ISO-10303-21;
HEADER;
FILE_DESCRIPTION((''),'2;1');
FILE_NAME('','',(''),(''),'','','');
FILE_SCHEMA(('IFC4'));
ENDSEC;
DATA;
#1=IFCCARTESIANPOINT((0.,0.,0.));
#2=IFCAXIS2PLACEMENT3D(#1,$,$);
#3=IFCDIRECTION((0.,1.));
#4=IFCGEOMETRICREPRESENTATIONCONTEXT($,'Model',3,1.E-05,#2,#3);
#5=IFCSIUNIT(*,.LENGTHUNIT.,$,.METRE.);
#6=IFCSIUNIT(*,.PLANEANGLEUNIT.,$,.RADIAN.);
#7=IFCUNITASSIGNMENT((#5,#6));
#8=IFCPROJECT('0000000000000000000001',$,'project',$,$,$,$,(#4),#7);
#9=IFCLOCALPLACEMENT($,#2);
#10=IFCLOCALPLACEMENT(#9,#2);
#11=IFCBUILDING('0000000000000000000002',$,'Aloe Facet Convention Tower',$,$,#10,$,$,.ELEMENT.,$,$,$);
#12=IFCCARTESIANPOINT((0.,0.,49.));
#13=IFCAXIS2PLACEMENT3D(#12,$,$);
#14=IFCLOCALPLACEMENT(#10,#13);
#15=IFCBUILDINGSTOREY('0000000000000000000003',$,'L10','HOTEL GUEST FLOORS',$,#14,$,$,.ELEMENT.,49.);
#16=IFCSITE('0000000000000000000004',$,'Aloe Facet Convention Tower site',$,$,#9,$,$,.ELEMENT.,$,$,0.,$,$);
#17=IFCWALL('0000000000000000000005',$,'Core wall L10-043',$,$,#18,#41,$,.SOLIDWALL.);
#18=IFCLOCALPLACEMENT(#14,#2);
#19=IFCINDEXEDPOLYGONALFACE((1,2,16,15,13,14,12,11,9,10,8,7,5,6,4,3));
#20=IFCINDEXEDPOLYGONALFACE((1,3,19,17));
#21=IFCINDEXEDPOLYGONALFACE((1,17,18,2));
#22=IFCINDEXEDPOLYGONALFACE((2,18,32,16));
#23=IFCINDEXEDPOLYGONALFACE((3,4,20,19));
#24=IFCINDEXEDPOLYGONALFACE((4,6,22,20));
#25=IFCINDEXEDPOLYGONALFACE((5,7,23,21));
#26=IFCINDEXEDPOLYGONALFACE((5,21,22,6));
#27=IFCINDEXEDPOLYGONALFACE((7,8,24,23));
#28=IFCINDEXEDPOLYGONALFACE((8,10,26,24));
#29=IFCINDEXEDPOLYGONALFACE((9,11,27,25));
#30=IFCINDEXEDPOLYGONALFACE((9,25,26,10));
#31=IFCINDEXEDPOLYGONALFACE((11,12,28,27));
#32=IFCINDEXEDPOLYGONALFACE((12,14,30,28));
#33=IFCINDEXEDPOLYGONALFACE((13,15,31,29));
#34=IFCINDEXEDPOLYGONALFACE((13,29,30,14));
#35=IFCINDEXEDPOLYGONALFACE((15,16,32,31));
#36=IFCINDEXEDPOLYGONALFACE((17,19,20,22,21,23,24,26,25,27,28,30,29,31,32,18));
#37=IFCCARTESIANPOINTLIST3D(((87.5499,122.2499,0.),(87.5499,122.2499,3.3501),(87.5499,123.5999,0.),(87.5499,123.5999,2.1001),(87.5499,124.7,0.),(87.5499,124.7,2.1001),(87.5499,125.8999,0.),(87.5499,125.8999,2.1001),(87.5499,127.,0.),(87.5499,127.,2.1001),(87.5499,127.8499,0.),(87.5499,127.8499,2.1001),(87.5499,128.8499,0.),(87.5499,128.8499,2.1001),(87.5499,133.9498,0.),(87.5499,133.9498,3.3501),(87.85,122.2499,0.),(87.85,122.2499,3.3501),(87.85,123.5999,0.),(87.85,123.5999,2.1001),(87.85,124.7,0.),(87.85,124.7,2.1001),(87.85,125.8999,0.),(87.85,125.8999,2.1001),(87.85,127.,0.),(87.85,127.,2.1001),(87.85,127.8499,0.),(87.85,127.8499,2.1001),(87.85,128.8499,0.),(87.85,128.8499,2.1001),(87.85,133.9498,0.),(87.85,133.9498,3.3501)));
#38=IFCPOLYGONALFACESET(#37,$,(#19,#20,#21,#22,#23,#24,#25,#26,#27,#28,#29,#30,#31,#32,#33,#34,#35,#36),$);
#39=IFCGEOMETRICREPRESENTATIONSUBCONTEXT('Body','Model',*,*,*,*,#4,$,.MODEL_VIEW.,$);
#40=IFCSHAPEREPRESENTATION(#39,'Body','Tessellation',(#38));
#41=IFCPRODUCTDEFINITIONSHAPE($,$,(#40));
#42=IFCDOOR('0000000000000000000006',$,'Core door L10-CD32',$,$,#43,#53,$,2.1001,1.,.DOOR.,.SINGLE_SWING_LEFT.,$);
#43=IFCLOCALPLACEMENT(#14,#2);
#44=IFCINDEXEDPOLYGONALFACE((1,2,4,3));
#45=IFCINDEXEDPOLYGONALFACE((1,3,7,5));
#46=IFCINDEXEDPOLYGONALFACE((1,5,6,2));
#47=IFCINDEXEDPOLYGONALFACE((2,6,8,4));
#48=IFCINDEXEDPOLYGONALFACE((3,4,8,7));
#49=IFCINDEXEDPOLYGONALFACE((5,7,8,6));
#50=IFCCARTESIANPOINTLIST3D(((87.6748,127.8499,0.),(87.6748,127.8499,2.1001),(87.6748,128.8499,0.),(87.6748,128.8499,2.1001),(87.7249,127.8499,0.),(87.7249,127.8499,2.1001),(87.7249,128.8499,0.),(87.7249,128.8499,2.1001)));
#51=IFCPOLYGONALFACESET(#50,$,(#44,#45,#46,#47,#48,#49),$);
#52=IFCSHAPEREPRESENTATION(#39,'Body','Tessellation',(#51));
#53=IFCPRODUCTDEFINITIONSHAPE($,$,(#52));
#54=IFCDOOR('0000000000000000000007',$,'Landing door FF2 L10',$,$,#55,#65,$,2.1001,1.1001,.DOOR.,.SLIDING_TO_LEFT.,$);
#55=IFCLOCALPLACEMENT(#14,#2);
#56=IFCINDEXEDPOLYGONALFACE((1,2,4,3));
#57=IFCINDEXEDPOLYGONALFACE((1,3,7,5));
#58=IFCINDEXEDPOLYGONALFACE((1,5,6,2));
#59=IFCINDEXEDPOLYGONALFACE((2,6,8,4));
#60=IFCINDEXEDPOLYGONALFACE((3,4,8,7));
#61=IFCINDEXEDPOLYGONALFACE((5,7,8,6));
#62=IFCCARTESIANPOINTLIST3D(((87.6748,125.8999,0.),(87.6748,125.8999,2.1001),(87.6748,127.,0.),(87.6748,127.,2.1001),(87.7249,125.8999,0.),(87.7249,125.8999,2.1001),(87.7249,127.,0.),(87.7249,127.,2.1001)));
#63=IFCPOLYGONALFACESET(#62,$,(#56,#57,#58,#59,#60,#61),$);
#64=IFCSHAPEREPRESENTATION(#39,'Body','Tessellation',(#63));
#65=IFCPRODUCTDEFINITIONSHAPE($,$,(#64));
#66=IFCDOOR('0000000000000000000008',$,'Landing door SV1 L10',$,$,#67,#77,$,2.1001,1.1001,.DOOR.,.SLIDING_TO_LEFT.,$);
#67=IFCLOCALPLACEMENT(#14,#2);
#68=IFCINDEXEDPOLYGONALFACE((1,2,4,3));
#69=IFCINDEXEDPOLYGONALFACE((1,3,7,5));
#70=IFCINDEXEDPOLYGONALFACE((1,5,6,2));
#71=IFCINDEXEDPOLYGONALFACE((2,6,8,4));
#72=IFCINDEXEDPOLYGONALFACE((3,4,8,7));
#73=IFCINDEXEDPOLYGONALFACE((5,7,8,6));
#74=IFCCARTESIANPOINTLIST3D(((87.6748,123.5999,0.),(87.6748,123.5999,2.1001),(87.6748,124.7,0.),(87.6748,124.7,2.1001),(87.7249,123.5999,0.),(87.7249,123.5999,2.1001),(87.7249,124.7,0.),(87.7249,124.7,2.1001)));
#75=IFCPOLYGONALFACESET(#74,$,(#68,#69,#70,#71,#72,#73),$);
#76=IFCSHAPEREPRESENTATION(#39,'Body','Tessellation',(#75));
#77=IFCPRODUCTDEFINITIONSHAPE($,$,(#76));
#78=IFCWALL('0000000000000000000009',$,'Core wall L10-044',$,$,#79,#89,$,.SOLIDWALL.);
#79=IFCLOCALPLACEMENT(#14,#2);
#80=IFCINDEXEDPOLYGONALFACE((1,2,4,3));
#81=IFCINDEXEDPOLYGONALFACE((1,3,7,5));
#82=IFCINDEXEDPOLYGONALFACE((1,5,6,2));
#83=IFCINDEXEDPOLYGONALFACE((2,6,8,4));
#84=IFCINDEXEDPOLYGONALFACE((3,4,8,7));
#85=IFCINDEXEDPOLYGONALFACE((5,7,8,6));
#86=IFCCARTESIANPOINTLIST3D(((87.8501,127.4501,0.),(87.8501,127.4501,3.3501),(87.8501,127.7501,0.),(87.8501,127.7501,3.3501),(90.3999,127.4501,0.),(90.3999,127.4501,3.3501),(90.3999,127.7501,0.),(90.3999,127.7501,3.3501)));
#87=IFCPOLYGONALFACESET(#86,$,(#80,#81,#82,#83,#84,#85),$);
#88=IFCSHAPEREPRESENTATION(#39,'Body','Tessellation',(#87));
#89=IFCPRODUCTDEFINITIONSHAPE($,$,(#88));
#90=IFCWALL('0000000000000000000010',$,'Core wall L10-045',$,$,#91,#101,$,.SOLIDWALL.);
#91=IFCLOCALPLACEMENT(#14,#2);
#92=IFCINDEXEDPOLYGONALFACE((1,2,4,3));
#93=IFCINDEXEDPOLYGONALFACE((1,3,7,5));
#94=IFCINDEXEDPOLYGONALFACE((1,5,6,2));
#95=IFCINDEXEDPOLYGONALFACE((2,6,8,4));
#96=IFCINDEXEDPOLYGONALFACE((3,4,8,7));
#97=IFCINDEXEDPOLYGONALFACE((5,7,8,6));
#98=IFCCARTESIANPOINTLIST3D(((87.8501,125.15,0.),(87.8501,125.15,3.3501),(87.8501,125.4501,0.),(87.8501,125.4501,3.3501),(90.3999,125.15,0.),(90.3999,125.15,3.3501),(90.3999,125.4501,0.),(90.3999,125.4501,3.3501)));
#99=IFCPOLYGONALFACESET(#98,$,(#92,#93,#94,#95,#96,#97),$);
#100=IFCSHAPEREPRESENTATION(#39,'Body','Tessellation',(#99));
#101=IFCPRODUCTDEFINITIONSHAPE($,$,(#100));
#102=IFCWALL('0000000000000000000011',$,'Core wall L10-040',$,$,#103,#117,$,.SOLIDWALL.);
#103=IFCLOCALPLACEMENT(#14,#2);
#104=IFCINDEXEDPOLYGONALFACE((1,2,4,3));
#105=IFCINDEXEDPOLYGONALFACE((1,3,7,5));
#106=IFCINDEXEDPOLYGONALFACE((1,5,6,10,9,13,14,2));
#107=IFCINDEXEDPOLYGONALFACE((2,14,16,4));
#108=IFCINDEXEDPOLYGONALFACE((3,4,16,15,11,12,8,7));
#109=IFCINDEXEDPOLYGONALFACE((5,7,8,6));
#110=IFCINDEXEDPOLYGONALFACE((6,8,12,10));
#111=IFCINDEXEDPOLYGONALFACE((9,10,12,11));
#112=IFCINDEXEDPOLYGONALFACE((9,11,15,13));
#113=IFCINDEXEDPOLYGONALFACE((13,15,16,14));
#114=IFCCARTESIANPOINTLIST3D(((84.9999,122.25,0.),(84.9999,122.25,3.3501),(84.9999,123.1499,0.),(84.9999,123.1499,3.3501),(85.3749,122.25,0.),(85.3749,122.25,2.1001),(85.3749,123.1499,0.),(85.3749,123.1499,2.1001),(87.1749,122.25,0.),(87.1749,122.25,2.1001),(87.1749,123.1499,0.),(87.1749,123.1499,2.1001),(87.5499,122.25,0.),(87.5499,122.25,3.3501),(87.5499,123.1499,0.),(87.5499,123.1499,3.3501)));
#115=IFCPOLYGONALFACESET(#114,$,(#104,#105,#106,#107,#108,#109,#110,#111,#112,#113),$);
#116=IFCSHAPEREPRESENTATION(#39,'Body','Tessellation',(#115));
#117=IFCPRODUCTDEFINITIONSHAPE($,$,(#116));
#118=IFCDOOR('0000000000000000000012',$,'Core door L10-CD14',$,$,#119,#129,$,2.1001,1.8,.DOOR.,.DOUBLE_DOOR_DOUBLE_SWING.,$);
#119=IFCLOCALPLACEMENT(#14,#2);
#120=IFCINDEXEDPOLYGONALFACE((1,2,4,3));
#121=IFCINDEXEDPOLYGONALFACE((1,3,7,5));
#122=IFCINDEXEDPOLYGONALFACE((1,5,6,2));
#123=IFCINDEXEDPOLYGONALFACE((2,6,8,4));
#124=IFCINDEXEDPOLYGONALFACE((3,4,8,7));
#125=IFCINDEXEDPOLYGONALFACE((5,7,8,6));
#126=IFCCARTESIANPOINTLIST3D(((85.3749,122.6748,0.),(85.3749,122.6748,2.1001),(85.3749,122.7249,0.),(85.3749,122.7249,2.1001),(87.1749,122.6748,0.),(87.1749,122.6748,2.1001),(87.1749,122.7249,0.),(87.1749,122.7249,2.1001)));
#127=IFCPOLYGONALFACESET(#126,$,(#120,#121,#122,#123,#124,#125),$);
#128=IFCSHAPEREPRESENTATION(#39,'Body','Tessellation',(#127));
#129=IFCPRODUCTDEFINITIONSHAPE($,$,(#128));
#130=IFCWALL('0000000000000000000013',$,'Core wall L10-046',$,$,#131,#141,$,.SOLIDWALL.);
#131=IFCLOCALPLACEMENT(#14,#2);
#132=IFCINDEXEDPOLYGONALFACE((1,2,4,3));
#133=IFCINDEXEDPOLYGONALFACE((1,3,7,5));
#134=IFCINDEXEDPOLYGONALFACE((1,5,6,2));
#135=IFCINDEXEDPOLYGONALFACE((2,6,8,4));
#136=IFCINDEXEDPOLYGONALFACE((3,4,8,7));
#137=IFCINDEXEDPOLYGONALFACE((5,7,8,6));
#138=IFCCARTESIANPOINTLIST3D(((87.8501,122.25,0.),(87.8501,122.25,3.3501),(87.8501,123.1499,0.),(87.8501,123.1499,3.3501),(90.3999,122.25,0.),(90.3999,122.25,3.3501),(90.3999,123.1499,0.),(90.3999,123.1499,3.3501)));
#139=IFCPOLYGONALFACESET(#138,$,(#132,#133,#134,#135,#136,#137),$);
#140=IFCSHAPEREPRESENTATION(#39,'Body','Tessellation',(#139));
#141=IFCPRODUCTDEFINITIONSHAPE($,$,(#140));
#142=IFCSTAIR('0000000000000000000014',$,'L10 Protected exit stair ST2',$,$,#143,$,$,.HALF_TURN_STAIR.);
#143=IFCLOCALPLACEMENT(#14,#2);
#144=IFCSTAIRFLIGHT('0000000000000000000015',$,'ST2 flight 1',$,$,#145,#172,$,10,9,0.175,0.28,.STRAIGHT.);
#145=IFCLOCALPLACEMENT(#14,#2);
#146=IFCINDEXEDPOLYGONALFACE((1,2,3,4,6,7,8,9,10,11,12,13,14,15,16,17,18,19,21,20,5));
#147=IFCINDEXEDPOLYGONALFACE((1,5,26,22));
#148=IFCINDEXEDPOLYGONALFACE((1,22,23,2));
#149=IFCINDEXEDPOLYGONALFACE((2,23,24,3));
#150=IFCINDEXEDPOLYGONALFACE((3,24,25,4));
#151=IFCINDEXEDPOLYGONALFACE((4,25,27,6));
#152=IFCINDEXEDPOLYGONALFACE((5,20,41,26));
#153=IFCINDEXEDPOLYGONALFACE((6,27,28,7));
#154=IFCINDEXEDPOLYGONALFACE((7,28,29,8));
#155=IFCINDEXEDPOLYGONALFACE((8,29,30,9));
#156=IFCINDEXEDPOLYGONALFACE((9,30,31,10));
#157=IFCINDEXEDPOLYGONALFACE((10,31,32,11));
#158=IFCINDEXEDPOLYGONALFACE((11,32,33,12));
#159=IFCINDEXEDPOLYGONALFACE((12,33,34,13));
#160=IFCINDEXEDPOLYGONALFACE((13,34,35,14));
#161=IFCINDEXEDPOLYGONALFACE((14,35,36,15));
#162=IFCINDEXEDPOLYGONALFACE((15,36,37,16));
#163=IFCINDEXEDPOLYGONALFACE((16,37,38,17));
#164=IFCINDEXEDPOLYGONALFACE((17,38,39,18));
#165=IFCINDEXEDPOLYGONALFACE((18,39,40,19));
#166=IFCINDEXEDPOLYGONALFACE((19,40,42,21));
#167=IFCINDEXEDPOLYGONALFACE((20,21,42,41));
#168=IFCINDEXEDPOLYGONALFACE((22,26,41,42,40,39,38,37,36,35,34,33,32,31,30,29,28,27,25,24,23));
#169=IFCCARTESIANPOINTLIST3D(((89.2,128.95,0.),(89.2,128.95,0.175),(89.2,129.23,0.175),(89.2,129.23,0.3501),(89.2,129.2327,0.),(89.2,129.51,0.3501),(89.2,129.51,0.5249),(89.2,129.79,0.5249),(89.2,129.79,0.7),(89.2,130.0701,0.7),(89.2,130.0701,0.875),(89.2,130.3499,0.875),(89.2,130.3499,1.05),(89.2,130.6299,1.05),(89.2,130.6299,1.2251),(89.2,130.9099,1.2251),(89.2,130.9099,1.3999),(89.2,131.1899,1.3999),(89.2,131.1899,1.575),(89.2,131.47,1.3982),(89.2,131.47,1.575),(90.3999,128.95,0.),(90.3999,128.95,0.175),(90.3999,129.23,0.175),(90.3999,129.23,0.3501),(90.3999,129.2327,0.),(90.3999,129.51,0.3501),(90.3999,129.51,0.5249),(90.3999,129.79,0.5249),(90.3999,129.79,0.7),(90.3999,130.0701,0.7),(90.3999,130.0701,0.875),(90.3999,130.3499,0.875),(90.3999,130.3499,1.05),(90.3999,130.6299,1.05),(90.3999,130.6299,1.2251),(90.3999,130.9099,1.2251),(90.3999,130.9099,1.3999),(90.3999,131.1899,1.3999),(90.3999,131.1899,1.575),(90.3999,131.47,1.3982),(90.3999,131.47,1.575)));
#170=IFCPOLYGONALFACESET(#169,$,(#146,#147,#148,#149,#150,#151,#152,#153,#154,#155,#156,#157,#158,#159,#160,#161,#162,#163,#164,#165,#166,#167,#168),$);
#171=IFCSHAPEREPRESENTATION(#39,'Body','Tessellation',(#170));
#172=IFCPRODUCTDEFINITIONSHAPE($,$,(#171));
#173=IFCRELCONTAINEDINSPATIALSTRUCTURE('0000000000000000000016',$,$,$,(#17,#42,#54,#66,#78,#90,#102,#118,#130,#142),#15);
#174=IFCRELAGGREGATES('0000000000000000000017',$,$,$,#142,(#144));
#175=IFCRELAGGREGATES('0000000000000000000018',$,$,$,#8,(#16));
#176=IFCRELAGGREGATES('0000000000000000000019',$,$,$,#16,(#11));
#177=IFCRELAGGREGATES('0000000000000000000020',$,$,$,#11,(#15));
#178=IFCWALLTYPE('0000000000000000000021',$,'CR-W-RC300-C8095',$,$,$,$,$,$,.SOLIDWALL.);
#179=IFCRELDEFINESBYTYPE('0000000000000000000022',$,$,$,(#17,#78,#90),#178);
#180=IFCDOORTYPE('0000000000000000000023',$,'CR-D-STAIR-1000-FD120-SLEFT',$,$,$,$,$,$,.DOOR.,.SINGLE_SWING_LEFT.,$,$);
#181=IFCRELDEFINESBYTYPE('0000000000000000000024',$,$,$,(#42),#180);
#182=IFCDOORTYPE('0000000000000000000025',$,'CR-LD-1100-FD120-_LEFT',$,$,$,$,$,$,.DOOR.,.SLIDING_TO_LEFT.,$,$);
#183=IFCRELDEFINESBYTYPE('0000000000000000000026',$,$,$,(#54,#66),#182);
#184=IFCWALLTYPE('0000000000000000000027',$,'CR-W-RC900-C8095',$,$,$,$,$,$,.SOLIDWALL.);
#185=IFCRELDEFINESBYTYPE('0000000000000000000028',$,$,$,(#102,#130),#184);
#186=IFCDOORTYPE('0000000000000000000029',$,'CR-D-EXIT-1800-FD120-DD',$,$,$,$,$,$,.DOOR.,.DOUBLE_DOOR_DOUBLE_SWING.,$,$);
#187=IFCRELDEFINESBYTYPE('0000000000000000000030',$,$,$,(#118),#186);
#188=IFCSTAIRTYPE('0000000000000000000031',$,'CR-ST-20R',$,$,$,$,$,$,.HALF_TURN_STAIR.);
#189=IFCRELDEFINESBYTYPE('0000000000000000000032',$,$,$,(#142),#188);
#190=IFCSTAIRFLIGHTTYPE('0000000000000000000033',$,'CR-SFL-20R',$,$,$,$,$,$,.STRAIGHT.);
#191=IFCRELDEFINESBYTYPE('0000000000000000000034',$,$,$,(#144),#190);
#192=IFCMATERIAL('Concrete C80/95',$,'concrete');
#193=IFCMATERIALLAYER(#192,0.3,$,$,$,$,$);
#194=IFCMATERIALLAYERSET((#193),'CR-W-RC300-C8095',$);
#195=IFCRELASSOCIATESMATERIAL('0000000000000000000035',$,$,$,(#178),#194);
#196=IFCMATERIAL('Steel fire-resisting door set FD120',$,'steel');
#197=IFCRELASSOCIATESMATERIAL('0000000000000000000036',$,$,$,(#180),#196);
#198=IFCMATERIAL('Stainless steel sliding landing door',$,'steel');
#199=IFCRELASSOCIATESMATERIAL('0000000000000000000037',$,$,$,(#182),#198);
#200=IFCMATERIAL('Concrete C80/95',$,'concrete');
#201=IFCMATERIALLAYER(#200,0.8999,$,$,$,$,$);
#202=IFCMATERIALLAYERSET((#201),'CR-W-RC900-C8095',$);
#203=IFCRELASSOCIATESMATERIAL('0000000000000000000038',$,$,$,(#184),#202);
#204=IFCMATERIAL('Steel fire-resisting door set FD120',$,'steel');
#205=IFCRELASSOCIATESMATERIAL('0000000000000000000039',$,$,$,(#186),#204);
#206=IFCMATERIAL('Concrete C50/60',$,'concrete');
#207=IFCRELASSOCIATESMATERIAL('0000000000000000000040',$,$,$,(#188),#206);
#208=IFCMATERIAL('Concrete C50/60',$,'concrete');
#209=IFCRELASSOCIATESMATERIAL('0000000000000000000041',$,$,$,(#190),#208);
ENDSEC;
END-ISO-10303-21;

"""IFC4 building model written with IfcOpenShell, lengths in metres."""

from ifc_helpers import new_model, si_unit, direction, frame, frame_2d, origin, place, context, subcontext, project, spatial, polyline, rectangle, outline, extrude, material, layer, layer_set, type_object, element, fill, aggregate, save


model = new_model("IFC4")

# Units and contexts
model_context = context("Model", 3, precision=1e-05, world=origin(), true_north=direction((0.0, 1.0)))
body_context = subcontext(model_context, "Body", "Model", "MODEL_VIEW")
ifc_project = project(units=[si_unit("LENGTHUNIT", "METRE"), si_unit("PLANEANGLEUNIT", "RADIAN")], contexts=[model_context])

# Site, building, storey
site_placement = place(None, origin())
site = spatial("IfcSite", under=ifc_project, at=site_placement, Name="Aloe Facet Convention Tower site", CompositionType="ELEMENT", RefElevation=0.0)
building_placement = place(site_placement, origin())
building = spatial("IfcBuilding", under=site, at=building_placement, Name="Aloe Facet Convention Tower", CompositionType="ELEMENT")
storey_placement = place(building_placement, frame((0.0, 0.0, 49.0)))
storey = spatial("IfcBuildingStorey", under=building, at=storey_placement, Name="L10", Description="HOTEL GUEST FLOORS", CompositionType="ELEMENT", Elevation=49.0)

# Shared definitions
ifc_material_1 = material(Name="Concrete C80/95", Category="concrete")
ifc_layer_1 = layer(ifc_material_1, 0.3)
ifc_layer_set_1 = layer_set([ifc_layer_1], Name="CR-W-RC300-C8095")
wall_type_1 = type_object("IfcWallType", Name="CR-W-RC300-C8095", PredefinedType="SOLIDWALL", material=ifc_layer_set_1)

# Wall, openings, doors
wall_1_placement = place(storey_placement, frame((87.7, 133.95, 0.0), z_axis=(0.0, 0.0, 1.0), x_axis=(0.0, -1.0, 0.0)))
wall_1 = element("IfcWall", 1, at=wall_1_placement, inside=storey, type_object=wall_type_1, Name="Core wall L10-043", PredefinedType="SOLIDWALL", context=body_context, shape_type="SweptSolid", body=[
    extrude(rectangle(XDim=11.7, YDim=0.3, at=frame_2d((5.8501, 0.0))), origin(), (0.0, 0.0, 1.0), 3.3501),
])
opening_1_placement = place(wall_1_placement, frame((6.95, 0.0, 0.0)))
opening_1 = element("IfcOpeningElement", 2, at=opening_1_placement, cuts=wall_1, PredefinedType="OPENING", context=body_context, shape_type="SweptSolid", body=[
    extrude(rectangle(XDim=1.1001, YDim=2.1001, at=frame_2d((0.55, 1.05))), frame((0.0, 0.1602, 0.0), z_axis=(0.0, -1.0, 0.0), x_axis=(1.0, 0.0, 0.0)), (0.0, 0.0, 1.0), 0.3201),
])
opening_2_placement = place(wall_1_placement, frame((5.1001, 0.0, 0.0)))
opening_2 = element("IfcOpeningElement", 3, at=opening_2_placement, cuts=wall_1, PredefinedType="OPENING", context=body_context, shape_type="SweptSolid", body=[
    extrude(rectangle(XDim=1.0, YDim=2.1001, at=frame_2d((0.5, 1.05))), frame((0.0, 0.1602, 0.0), z_axis=(0.0, -1.0, 0.0), x_axis=(1.0, 0.0, 0.0)), (0.0, 0.0, 1.0), 0.3201),
])
opening_3_placement = place(wall_1_placement, frame((9.25, 0.0, 0.0)))
opening_3 = element("IfcOpeningElement", 4, at=opening_3_placement, cuts=wall_1, PredefinedType="OPENING", context=body_context, shape_type="SweptSolid", body=[
    extrude(rectangle(XDim=1.1001, YDim=2.1001, at=frame_2d((0.55, 1.05))), frame((0.0, 0.1602, 0.0), z_axis=(0.0, -1.0, 0.0), x_axis=(1.0, 0.0, 0.0)), (0.0, 0.0, 1.0), 0.3201),
])
ifc_material_2 = material(Name="Steel fire-resisting door set FD120", Category="steel")
door_type_1 = type_object("IfcDoorType", Name="CR-D-STAIR-1000-FD120-SLEFT", OperationType="SINGLE_SWING_LEFT", PredefinedType="DOOR", material=ifc_material_2)
door_1_placement = place(opening_2_placement, origin())
door_1 = element("IfcDoor", 5, at=door_1_placement, inside=storey, type_object=door_type_1, Name="Core door L10-CD32", OperationType="SINGLE_SWING_LEFT", OverallHeight=2.1001, OverallWidth=1.0, PredefinedType="DOOR", context=body_context, shape_type="SweptSolid", body=[
    extrude(rectangle(XDim=1.0, YDim=2.1001, at=frame_2d((0.5, 1.05))), frame((0.0, 0.0249, 0.0), z_axis=(0.0, -1.0, 0.0), x_axis=(1.0, 0.0, 0.0)), (0.0, 0.0, 1.0), 0.05),
])
fill(opening_2, door_1)
ifc_material_3 = material(Name="Stainless steel sliding landing door", Category="steel")
door_type_2 = type_object("IfcDoorType", Name="CR-LD-1100-FD120-_LEFT", OperationType="SLIDING_TO_LEFT", PredefinedType="DOOR", material=ifc_material_3)
door_2_placement = place(opening_1_placement, origin())
door_2 = element("IfcDoor", 6, at=door_2_placement, inside=storey, type_object=door_type_2, Name="Landing door FF2 L10", OperationType="SLIDING_TO_LEFT", OverallHeight=2.1001, OverallWidth=1.1001, PredefinedType="DOOR", context=body_context, shape_type="SweptSolid", body=[
    extrude(rectangle(XDim=1.1001, YDim=2.1001, at=frame_2d((0.55, 1.05))), frame((0.0, 0.0249, 0.0), z_axis=(0.0, -1.0, 0.0), x_axis=(1.0, 0.0, 0.0)), (0.0, 0.0, 1.0), 0.05),
])
fill(opening_1, door_2)
door_3_placement = place(opening_3_placement, origin())
door_3 = element("IfcDoor", 7, at=door_3_placement, inside=storey, type_object=door_type_2, Name="Landing door SV1 L10", OperationType="SLIDING_TO_LEFT", OverallHeight=2.1001, OverallWidth=1.1001, PredefinedType="DOOR", context=body_context, shape_type="SweptSolid", body=[
    extrude(rectangle(XDim=1.1001, YDim=2.1001, at=frame_2d((0.55, 1.05))), frame((0.0, 0.0249, 0.0), z_axis=(0.0, -1.0, 0.0), x_axis=(1.0, 0.0, 0.0)), (0.0, 0.0, 1.0), 0.05),
])
fill(opening_3, door_3)

# Walls
for number, where, z_axis, x_axis, name in (
    (8, (87.8501, 127.6001, 0.0), (0.0, 0.0, 1.0), (1.0, 0.0, 0.0), "Core wall L10-044"),
    (9, (87.8501, 125.3, 0.0), (0.0, 0.0, 1.0), (1.0, 0.0, 0.0), "Core wall L10-045"),
):
    element("IfcWall", number, at=place(storey_placement, frame(where, z_axis=z_axis, x_axis=x_axis)), inside=storey, type_object=wall_type_1, Name=name, PredefinedType="SOLIDWALL", context=body_context, shape_type="SweptSolid", body=[
        extrude(rectangle(XDim=2.5498, YDim=0.3, at=frame_2d((1.2749, 0.0))), origin(), (0.0, 0.0, 1.0), 3.3501),
    ])

# Wall, opening, door
ifc_material_4 = material(Name="Concrete C80/95", Category="concrete")
ifc_layer_2 = layer(ifc_material_4, 0.8999)
ifc_layer_set_2 = layer_set([ifc_layer_2], Name="CR-W-RC900-C8095")
wall_type_2 = type_object("IfcWallType", Name="CR-W-RC900-C8095", PredefinedType="SOLIDWALL", material=ifc_layer_set_2)
wall_2_placement = place(storey_placement, frame((85.0, 122.7, 0.0), z_axis=(0.0, 0.0, 1.0), x_axis=(1.0, 0.0, 0.0)))
wall_2 = element("IfcWall", 10, at=wall_2_placement, inside=storey, type_object=wall_type_2, Name="Core wall L10-040", PredefinedType="SOLIDWALL", context=body_context, shape_type="SweptSolid", body=[
    extrude(rectangle(XDim=2.55, YDim=0.8999, at=frame_2d((1.2749, 0.0))), origin(), (0.0, 0.0, 1.0), 3.3501),
])
opening_4_placement = place(wall_2_placement, frame((0.375, 0.0, 0.0)))
opening_4 = element("IfcOpeningElement", 11, at=opening_4_placement, cuts=wall_2, PredefinedType="OPENING", context=body_context, shape_type="SweptSolid", body=[
    extrude(rectangle(XDim=1.8, YDim=2.1001, at=frame_2d((0.8999, 1.05))), frame((0.0, 0.46, 0.0), z_axis=(0.0, -1.0, 0.0), x_axis=(1.0, 0.0, 0.0)), (0.0, 0.0, 1.0), 0.9199),
])
ifc_material_5 = material(Name="Steel fire-resisting door set FD120", Category="steel")
door_type_3 = type_object("IfcDoorType", Name="CR-D-EXIT-1800-FD120-DD", OperationType="DOUBLE_DOOR_DOUBLE_SWING", PredefinedType="DOOR", material=ifc_material_5)
door_4_placement = place(opening_4_placement, origin())
door_4 = element("IfcDoor", 12, at=door_4_placement, inside=storey, type_object=door_type_3, Name="Core door L10-CD14", OperationType="DOUBLE_DOOR_DOUBLE_SWING", OverallHeight=2.1001, OverallWidth=1.8, PredefinedType="DOOR", context=body_context, shape_type="SweptSolid", body=[
    extrude(rectangle(XDim=1.8, YDim=2.1001, at=frame_2d((0.8999, 1.05))), frame((0.0, 0.0249, 0.0), z_axis=(0.0, -1.0, 0.0), x_axis=(1.0, 0.0, 0.0)), (0.0, 0.0, 1.0), 0.05),
])
fill(opening_4, door_4)

# Wall
wall_3_placement = place(storey_placement, frame((87.8501, 122.7, 0.0), z_axis=(0.0, 0.0, 1.0), x_axis=(1.0, 0.0, 0.0)))
element("IfcWall", 13, at=wall_3_placement, inside=storey, type_object=wall_type_2, Name="Core wall L10-046", PredefinedType="SOLIDWALL", context=body_context, shape_type="SweptSolid", body=[
    extrude(rectangle(XDim=2.5498, YDim=0.8999, at=frame_2d((1.2749, 0.0))), origin(), (0.0, 0.0, 1.0), 3.3501),
])

# Stair, stair flight
ifc_material_6 = material(Name="Concrete C50/60", Category="concrete")
stair_type = type_object("IfcStairType", Name="CR-ST-20R", PredefinedType="HALF_TURN_STAIR", material=ifc_material_6)
stair_placement = place(storey_placement, origin())
stair = element("IfcStair", 14, at=stair_placement, inside=storey, type_object=stair_type, Name="L10 Protected exit stair ST2", PredefinedType="HALF_TURN_STAIR")
ifc_material_7 = material(Name="Concrete C50/60", Category="concrete")
stair_flight_type = type_object("IfcStairFlightType", Name="CR-SFL-20R", PredefinedType="STRAIGHT", material=ifc_material_7)
stair_flight_1_placement = place(storey_placement, frame((89.8, 128.95, 0.0), z_axis=(0.0, 0.0, 1.0), x_axis=(0.0, 1.0, 0.0)))
stair_flight_1 = element("IfcStairFlight", 15, at=stair_flight_1_placement, type_object=stair_flight_type, Name="ST2 flight 1", NumberOfRisers=10, NumberOfTreads=9, PredefinedType="STRAIGHT", RiserHeight=0.175, TreadLength=0.28, context=body_context, shape_type="SweptSolid", body=[
    extrude(outline(polyline([(0.0, 0.0), (0.0, 0.175), (0.28, 0.175), (0.28, 0.3501), (0.5601, 0.3501), (0.5601, 0.5249), (0.8401, 0.5249), (0.8401, 0.7), (1.1201, 0.7), (1.1201, 0.875), (1.3999, 0.875), (1.3999, 1.05), (1.6799, 1.05), (1.6799, 1.2251), (1.96, 1.2251), (1.96, 1.3999), (2.24, 1.3999), (2.24, 1.575), (2.52, 1.575), (2.52, 1.75), (2.52, 1.3982), (0.2827, 0.0), (0.0, 0.0)])), frame((0.0, 0.6001, 0.0), z_axis=(0.0, -1.0, 0.0), x_axis=(1.0, 0.0, 0.0)), (0.0, 0.0, 1.0), 1.2),
])
aggregate(stair, [stair_flight_1])

save(model, "model.ifc")
